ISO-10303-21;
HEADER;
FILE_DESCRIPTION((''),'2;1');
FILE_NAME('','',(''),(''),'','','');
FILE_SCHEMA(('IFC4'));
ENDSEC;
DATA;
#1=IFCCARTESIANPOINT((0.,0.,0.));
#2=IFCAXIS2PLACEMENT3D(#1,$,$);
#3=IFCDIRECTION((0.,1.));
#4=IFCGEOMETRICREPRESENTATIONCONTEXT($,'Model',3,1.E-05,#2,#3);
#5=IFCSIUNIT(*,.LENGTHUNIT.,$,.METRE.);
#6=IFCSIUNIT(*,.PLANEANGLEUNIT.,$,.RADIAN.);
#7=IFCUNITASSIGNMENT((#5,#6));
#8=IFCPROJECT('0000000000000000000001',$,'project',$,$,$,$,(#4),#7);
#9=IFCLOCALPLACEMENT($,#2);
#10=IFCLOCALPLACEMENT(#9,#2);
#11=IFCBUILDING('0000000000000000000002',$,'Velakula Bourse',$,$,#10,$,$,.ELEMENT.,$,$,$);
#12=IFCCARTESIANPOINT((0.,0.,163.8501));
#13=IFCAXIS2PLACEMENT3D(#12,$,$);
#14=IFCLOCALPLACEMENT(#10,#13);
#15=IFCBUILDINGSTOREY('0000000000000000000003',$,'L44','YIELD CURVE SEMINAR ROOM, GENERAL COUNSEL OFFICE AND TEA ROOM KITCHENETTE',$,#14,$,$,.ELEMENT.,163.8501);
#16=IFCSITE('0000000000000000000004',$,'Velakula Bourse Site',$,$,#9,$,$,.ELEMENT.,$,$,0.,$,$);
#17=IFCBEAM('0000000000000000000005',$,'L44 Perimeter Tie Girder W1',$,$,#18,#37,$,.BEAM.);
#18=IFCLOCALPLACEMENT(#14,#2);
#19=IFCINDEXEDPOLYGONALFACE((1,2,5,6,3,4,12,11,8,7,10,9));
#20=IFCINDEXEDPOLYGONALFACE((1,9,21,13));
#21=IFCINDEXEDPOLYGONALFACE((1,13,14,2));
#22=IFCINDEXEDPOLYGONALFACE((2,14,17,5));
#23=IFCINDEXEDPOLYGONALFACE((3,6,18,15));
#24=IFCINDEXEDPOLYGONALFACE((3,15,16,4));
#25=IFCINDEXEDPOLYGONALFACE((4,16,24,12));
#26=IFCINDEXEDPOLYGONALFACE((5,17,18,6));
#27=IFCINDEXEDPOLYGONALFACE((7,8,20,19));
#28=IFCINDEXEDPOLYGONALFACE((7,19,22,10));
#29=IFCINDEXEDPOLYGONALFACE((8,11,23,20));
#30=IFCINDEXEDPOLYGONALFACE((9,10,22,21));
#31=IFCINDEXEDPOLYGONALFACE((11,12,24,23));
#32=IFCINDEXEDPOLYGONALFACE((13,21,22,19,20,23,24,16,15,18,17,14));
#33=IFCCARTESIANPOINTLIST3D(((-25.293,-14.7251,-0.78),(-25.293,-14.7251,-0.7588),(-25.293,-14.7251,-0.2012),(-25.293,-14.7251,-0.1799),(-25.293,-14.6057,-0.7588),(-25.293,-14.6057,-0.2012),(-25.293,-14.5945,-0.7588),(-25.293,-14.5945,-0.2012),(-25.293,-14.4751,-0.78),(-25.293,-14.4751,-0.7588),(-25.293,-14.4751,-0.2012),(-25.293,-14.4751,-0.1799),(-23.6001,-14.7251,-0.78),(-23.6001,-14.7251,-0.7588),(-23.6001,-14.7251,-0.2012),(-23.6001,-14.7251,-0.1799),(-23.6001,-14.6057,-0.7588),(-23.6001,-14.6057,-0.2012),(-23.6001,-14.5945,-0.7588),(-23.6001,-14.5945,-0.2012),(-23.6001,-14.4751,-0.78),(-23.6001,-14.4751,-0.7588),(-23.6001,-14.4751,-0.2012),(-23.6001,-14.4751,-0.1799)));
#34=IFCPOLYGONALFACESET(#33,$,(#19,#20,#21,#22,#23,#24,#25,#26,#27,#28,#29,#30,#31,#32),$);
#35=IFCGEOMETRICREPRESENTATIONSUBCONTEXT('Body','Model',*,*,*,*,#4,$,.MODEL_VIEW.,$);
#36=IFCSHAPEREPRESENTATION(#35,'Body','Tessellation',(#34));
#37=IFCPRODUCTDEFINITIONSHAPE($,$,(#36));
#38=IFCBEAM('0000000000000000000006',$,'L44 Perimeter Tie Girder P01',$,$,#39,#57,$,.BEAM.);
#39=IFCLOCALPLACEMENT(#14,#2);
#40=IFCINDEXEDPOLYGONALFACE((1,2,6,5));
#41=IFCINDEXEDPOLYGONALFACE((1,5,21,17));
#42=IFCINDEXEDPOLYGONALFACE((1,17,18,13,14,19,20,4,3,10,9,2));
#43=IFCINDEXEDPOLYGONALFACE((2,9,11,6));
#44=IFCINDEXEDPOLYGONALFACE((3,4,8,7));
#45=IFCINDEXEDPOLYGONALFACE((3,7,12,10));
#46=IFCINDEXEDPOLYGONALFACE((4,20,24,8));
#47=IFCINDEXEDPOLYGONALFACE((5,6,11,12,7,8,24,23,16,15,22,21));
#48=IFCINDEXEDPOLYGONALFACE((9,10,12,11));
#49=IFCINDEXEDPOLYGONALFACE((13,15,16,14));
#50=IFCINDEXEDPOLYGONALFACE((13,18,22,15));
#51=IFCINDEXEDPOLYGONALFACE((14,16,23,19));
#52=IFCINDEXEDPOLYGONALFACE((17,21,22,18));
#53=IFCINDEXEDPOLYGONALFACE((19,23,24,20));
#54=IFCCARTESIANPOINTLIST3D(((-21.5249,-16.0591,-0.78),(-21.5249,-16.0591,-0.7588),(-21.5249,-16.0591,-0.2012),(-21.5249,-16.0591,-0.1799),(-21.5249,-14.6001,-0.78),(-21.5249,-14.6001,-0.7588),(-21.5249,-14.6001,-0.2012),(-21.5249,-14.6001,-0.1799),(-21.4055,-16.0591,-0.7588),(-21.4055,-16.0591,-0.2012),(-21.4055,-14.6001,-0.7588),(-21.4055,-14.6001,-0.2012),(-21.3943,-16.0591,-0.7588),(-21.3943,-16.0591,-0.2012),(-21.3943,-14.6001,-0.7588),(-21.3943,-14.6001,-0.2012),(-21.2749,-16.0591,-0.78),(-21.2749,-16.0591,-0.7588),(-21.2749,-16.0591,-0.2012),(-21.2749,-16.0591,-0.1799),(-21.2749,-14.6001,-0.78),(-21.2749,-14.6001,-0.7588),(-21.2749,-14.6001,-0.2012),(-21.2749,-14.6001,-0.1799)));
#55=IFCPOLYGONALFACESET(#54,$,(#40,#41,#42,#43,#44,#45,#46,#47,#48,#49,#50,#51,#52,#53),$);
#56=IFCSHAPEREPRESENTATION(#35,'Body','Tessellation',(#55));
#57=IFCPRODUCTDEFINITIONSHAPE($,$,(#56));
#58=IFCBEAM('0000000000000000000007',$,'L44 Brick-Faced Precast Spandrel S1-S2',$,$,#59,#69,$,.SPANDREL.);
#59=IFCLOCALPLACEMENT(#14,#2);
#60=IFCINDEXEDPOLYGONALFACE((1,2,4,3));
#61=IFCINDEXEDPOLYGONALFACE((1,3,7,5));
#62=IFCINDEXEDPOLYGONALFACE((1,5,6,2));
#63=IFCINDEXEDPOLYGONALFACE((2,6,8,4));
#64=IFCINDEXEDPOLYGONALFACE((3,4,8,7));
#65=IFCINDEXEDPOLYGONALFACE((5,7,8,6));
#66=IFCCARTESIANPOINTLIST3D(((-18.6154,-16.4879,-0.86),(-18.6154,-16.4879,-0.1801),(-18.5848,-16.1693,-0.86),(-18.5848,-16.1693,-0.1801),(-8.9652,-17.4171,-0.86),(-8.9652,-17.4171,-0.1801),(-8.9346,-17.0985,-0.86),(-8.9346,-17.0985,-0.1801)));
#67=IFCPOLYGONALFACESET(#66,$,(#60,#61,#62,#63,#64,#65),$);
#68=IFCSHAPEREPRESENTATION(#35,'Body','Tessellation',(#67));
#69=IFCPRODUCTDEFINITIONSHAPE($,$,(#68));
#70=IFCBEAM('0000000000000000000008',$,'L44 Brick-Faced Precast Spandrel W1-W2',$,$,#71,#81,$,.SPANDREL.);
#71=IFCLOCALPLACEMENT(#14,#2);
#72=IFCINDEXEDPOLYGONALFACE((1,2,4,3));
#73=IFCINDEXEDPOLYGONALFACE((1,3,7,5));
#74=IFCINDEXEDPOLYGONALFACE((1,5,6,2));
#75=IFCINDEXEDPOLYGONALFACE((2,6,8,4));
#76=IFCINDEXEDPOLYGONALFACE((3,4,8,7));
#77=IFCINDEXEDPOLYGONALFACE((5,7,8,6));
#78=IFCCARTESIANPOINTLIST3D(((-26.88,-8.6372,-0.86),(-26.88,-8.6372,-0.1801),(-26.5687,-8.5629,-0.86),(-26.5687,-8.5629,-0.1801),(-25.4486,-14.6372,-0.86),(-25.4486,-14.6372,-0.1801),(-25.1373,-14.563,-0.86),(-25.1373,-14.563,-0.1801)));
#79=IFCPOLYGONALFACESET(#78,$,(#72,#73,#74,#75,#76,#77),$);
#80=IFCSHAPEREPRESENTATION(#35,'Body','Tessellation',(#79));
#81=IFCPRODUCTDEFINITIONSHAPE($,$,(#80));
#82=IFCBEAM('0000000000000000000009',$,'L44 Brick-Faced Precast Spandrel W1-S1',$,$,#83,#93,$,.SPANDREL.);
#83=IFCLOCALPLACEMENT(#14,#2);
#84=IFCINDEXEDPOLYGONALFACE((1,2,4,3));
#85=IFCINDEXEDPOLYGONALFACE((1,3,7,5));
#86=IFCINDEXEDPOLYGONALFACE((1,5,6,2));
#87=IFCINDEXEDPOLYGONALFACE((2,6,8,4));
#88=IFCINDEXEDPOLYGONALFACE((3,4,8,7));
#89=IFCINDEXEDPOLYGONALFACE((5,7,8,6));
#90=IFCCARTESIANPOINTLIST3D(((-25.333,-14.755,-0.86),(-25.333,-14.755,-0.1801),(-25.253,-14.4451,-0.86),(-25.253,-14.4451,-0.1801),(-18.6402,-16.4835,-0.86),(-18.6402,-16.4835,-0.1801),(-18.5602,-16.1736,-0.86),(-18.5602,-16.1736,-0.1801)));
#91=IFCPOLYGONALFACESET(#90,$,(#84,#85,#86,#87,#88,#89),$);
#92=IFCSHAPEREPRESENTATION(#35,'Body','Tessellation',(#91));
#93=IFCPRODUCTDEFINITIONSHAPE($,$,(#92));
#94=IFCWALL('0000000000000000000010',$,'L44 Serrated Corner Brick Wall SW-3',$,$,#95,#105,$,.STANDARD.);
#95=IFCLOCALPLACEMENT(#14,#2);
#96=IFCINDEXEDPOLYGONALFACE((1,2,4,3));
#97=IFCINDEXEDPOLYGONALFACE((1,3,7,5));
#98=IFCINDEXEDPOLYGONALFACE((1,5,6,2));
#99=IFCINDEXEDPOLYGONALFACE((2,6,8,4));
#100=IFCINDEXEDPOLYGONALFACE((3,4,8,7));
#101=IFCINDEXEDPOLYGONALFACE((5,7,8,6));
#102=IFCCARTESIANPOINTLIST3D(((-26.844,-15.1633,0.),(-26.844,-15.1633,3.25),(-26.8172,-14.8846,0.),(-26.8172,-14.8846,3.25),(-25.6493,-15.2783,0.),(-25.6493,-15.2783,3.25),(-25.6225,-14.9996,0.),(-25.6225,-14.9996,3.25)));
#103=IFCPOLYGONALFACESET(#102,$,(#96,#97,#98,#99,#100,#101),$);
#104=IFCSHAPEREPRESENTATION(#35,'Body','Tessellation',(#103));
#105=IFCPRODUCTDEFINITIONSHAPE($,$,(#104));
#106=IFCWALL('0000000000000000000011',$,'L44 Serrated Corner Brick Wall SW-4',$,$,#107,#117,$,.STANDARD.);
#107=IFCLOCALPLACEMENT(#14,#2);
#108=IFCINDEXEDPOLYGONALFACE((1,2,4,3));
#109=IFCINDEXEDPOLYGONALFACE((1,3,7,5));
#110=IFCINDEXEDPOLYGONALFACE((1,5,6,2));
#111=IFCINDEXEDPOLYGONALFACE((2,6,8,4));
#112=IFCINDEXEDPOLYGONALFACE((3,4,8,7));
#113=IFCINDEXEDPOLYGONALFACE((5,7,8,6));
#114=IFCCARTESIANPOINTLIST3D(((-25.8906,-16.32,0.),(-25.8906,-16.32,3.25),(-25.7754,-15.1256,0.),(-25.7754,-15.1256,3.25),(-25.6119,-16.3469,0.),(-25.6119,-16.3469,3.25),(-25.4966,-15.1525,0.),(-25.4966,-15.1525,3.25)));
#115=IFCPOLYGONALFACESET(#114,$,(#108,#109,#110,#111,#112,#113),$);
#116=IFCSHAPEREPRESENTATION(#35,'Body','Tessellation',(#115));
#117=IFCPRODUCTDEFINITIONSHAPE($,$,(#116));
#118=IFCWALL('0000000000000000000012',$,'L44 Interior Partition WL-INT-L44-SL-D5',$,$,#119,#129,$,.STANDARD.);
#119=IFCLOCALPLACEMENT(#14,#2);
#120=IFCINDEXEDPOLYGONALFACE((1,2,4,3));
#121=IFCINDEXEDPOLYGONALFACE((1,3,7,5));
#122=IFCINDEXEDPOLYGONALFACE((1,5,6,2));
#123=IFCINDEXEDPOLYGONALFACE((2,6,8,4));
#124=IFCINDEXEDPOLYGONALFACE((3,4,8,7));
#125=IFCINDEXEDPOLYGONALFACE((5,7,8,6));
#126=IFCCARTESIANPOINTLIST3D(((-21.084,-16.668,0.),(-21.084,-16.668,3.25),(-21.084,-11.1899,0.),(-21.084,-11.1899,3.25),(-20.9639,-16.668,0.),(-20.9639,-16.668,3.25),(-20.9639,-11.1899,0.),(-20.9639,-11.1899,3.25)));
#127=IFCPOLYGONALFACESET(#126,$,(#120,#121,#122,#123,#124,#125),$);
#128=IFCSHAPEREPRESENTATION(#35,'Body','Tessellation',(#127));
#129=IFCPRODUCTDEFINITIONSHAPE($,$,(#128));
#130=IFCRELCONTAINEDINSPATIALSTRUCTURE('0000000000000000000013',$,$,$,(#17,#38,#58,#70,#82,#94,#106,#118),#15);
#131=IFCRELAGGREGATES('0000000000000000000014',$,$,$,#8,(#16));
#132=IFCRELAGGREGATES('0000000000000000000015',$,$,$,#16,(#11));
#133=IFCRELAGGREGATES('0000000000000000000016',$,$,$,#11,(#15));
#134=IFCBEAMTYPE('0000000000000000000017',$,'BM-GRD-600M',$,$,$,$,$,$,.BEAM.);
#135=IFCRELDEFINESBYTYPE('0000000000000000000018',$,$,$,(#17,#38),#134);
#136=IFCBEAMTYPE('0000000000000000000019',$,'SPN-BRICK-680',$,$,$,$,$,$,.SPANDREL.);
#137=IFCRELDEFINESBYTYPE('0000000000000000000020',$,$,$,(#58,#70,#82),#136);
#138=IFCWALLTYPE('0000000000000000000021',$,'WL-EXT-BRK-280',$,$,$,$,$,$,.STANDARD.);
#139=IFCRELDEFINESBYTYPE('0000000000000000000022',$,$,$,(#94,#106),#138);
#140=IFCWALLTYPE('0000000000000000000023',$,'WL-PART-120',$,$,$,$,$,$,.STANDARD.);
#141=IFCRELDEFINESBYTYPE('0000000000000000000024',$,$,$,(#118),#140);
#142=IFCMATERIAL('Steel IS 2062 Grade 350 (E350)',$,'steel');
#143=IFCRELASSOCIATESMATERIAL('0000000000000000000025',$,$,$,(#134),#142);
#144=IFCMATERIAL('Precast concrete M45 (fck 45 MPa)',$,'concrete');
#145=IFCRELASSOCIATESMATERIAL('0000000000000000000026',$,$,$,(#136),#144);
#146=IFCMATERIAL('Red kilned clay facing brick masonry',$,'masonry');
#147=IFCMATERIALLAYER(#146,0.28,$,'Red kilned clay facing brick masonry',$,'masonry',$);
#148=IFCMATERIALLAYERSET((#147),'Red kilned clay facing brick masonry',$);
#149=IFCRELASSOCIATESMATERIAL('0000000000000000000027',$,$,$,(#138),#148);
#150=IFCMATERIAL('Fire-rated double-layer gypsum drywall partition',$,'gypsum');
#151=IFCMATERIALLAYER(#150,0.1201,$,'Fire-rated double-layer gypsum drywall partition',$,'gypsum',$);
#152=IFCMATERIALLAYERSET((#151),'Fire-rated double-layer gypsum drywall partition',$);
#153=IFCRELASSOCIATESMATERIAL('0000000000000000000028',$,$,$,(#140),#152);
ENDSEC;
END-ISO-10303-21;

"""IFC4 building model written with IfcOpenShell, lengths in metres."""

from ifc_helpers import new_model, si_unit, direction, frame, frame_2d, origin, origin_2d, place, context, subcontext, project, spatial, rectangle, i_section, extrude, material, layer, layer_set, material_profile, profile_set, type_object, element, save


model = new_model("IFC4")

# Units and contexts
model_context = context("Model", 3, precision=1e-05, world=origin(), true_north=direction((0.0, 1.0)))
body_context = subcontext(model_context, "Body", "Model", "MODEL_VIEW")
ifc_project = project(units=[si_unit("LENGTHUNIT", "METRE"), si_unit("PLANEANGLEUNIT", "RADIAN")], contexts=[model_context])

# Site, building, storey
site_placement = place(None, origin())
site = spatial("IfcSite", under=ifc_project, at=site_placement, Name="Velakula Bourse Site", CompositionType="ELEMENT", RefElevation=0.0)
building_placement = place(site_placement, origin())
building = spatial("IfcBuilding", under=site, at=building_placement, Name="Velakula Bourse", CompositionType="ELEMENT")
storey_placement = place(building_placement, frame((0.0, 0.0, 163.8501)))
storey = spatial("IfcBuildingStorey", under=building, at=storey_placement, Name="L44", Description="YIELD CURVE SEMINAR ROOM, GENERAL COUNSEL OFFICE AND TEA ROOM KITCHENETTE", CompositionType="ELEMENT", Elevation=163.8501)

# Shared definitions
ifc_material_1 = material(Name="Steel IS 2062 Grade 350 (E350)", Category="steel")
ifc_material_2 = material(Name="Precast concrete M45 (fck 45 MPa)", Category="concrete")

# Beams
ifc_material_profile_1 = material_profile(ifc_material_1, i_section(OverallWidth=0.25, OverallDepth=0.6001, WebThickness=0.0112, FlangeThickness=0.0212, at=origin_2d()), Name="Steel IS 2062 Grade 350 (E350)")
ifc_profile_set_1 = profile_set([ifc_material_profile_1], Name="Steel IS 2062 Grade 350 (E350)")
beam_type_1 = type_object("IfcBeamType", Name="BM-GRD-600M", PredefinedType="BEAM", material=ifc_profile_set_1)
beam_1_placement = place(storey_placement, frame((-23.6001, -14.6001, -0.48), z_axis=(-1.0, 0.0, 0.0), x_axis=(0.0, -1.0, 0.0)))
element("IfcBeam", 1, at=beam_1_placement, inside=storey, type_object=beam_type_1, Name="L44 Perimeter Tie Girder W1", PredefinedType="BEAM", context=body_context, shape_type="SweptSolid", body=[
    extrude(i_section(OverallWidth=0.25, OverallDepth=0.6001, WebThickness=0.0112, FlangeThickness=0.0212, at=origin_2d()), origin(), (0.0, 0.0, 1.0), 1.6929),
])
beam_2_placement = place(storey_placement, frame((-21.3999, -14.6001, -0.48), z_axis=(0.0, -1.0, 0.0), x_axis=(1.0, 0.0, 0.0)))
element("IfcBeam", 2, at=beam_2_placement, inside=storey, type_object=beam_type_1, Name="L44 Perimeter Tie Girder P01", PredefinedType="BEAM", context=body_context, shape_type="SweptSolid", body=[
    extrude(i_section(OverallWidth=0.25, OverallDepth=0.6001, WebThickness=0.0112, FlangeThickness=0.0212, at=origin_2d()), origin(), (0.0, 0.0, 1.0), 1.459),
])
ifc_material_profile_2 = material_profile(ifc_material_2, rectangle(XDim=0.3201, YDim=0.6799, at=origin_2d()), Name="Precast concrete M45 (fck 45 MPa)")
ifc_profile_set_2 = profile_set([ifc_material_profile_2], Name="Precast concrete M45 (fck 45 MPa)")
beam_type_2 = type_object("IfcBeamType", Name="SPN-BRICK-680", PredefinedType="SPANDREL", material=ifc_profile_set_2)
beam_3_placement = place(storey_placement, frame((-18.6001, -16.3286, -0.52), z_axis=(0.995396, -0.095845, 0.0), x_axis=(0.095845, 0.995396, 0.0)))
element("IfcBeam", 3, at=beam_3_placement, inside=storey, type_object=beam_type_2, Name="L44 Brick-Faced Precast Spandrel S1-S2", PredefinedType="SPANDREL", context=body_context, shape_type="SweptSolid", body=[
    extrude(rectangle(XDim=0.3201, YDim=0.6799, at=origin_2d()), origin(), (0.0, 0.0, 1.0), 9.6948),
])
beam_4_placement = place(storey_placement, frame((-25.293, -14.6001, -0.52), z_axis=(-0.232054, 0.972703, 0.0), x_axis=(-0.972703, -0.232054, 0.0)))
element("IfcBeam", 4, at=beam_4_placement, inside=storey, type_object=beam_type_2, Name="L44 Brick-Faced Precast Spandrel W1-W2", PredefinedType="SPANDREL", context=body_context, shape_type="SweptSolid", body=[
    extrude(rectangle(XDim=0.3201, YDim=0.6799, at=origin_2d()), origin(), (0.0, 0.0, 1.0), 6.1685),
])
beam_5_placement = place(storey_placement, frame((-25.293, -14.6001, -0.52), z_axis=(0.968231, -0.250057, 0.0), x_axis=(0.250057, 0.968231, 0.0)))
element("IfcBeam", 5, at=beam_5_placement, inside=storey, type_object=beam_type_2, Name="L44 Brick-Faced Precast Spandrel W1-S1", PredefinedType="SPANDREL", context=body_context, shape_type="SweptSolid", body=[
    extrude(rectangle(XDim=0.3201, YDim=0.6799, at=origin_2d()), origin(), (0.0, 0.0, 1.0), 6.9124),
])

# Walls
ifc_material_3 = material(Name="Red kilned clay facing brick masonry", Category="masonry")
ifc_layer_1 = layer(ifc_material_3, 0.28, Name="Red kilned clay facing brick masonry", Category="masonry")
ifc_layer_set_1 = layer_set([ifc_layer_1], Name="Red kilned clay facing brick masonry")
wall_type_1 = type_object("IfcWallType", Name="WL-EXT-BRK-280", PredefinedType="STANDARD", material=ifc_layer_set_1)
wall_1_placement = place(storey_placement, frame((-26.8306, -15.0239, 0.0), z_axis=(0.0, 0.0, 1.0), x_axis=(0.995399, -0.095817, 0.0)))
element("IfcWall", 6, at=wall_1_placement, inside=storey, type_object=wall_type_1, Name="L44 Serrated Corner Brick Wall SW-3", PredefinedType="STANDARD", context=body_context, shape_type="SweptSolid", body=[
    extrude(rectangle(XDim=1.2002, YDim=0.28, at=frame_2d((0.6001, 0.0))), origin(), (0.0, 0.0, 1.0), 3.25),
])
wall_2_placement = place(storey_placement, frame((-25.636, -15.1389, 0.0), z_axis=(0.0, 0.0, 1.0), x_axis=(-0.096038, -0.995378, 0.0)))
element("IfcWall", 7, at=wall_2_placement, inside=storey, type_object=wall_type_1, Name="L44 Serrated Corner Brick Wall SW-4", PredefinedType="STANDARD", context=body_context, shape_type="SweptSolid", body=[
    extrude(rectangle(XDim=1.2, YDim=0.28, at=frame_2d((0.6001, 0.0))), origin(), (0.0, 0.0, 1.0), 3.25),
])
ifc_material_4 = material(Name="Fire-rated double-layer gypsum drywall partition", Category="gypsum")
ifc_layer_2 = layer(ifc_material_4, 0.1201, Name="Fire-rated double-layer gypsum drywall partition", Category="gypsum")
ifc_layer_set_2 = layer_set([ifc_layer_2], Name="Fire-rated double-layer gypsum drywall partition")
wall_type_2 = type_object("IfcWallType", Name="WL-PART-120", PredefinedType="STANDARD", material=ifc_layer_set_2)
wall_3_placement = place(storey_placement, frame((-21.0239, -16.668, 0.0), z_axis=(0.0, 0.0, 1.0), x_axis=(0.0, 1.0, 0.0)))
element("IfcWall", 8, at=wall_3_placement, inside=storey, type_object=wall_type_2, Name="L44 Interior Partition WL-INT-L44-SL-D5", PredefinedType="STANDARD", context=body_context, shape_type="SweptSolid", body=[
    extrude(rectangle(XDim=5.478, YDim=0.1201, at=frame_2d((2.739, 0.0))), origin(), (0.0, 0.0, 1.0), 3.25),
])

save(model, "model.ifc")
